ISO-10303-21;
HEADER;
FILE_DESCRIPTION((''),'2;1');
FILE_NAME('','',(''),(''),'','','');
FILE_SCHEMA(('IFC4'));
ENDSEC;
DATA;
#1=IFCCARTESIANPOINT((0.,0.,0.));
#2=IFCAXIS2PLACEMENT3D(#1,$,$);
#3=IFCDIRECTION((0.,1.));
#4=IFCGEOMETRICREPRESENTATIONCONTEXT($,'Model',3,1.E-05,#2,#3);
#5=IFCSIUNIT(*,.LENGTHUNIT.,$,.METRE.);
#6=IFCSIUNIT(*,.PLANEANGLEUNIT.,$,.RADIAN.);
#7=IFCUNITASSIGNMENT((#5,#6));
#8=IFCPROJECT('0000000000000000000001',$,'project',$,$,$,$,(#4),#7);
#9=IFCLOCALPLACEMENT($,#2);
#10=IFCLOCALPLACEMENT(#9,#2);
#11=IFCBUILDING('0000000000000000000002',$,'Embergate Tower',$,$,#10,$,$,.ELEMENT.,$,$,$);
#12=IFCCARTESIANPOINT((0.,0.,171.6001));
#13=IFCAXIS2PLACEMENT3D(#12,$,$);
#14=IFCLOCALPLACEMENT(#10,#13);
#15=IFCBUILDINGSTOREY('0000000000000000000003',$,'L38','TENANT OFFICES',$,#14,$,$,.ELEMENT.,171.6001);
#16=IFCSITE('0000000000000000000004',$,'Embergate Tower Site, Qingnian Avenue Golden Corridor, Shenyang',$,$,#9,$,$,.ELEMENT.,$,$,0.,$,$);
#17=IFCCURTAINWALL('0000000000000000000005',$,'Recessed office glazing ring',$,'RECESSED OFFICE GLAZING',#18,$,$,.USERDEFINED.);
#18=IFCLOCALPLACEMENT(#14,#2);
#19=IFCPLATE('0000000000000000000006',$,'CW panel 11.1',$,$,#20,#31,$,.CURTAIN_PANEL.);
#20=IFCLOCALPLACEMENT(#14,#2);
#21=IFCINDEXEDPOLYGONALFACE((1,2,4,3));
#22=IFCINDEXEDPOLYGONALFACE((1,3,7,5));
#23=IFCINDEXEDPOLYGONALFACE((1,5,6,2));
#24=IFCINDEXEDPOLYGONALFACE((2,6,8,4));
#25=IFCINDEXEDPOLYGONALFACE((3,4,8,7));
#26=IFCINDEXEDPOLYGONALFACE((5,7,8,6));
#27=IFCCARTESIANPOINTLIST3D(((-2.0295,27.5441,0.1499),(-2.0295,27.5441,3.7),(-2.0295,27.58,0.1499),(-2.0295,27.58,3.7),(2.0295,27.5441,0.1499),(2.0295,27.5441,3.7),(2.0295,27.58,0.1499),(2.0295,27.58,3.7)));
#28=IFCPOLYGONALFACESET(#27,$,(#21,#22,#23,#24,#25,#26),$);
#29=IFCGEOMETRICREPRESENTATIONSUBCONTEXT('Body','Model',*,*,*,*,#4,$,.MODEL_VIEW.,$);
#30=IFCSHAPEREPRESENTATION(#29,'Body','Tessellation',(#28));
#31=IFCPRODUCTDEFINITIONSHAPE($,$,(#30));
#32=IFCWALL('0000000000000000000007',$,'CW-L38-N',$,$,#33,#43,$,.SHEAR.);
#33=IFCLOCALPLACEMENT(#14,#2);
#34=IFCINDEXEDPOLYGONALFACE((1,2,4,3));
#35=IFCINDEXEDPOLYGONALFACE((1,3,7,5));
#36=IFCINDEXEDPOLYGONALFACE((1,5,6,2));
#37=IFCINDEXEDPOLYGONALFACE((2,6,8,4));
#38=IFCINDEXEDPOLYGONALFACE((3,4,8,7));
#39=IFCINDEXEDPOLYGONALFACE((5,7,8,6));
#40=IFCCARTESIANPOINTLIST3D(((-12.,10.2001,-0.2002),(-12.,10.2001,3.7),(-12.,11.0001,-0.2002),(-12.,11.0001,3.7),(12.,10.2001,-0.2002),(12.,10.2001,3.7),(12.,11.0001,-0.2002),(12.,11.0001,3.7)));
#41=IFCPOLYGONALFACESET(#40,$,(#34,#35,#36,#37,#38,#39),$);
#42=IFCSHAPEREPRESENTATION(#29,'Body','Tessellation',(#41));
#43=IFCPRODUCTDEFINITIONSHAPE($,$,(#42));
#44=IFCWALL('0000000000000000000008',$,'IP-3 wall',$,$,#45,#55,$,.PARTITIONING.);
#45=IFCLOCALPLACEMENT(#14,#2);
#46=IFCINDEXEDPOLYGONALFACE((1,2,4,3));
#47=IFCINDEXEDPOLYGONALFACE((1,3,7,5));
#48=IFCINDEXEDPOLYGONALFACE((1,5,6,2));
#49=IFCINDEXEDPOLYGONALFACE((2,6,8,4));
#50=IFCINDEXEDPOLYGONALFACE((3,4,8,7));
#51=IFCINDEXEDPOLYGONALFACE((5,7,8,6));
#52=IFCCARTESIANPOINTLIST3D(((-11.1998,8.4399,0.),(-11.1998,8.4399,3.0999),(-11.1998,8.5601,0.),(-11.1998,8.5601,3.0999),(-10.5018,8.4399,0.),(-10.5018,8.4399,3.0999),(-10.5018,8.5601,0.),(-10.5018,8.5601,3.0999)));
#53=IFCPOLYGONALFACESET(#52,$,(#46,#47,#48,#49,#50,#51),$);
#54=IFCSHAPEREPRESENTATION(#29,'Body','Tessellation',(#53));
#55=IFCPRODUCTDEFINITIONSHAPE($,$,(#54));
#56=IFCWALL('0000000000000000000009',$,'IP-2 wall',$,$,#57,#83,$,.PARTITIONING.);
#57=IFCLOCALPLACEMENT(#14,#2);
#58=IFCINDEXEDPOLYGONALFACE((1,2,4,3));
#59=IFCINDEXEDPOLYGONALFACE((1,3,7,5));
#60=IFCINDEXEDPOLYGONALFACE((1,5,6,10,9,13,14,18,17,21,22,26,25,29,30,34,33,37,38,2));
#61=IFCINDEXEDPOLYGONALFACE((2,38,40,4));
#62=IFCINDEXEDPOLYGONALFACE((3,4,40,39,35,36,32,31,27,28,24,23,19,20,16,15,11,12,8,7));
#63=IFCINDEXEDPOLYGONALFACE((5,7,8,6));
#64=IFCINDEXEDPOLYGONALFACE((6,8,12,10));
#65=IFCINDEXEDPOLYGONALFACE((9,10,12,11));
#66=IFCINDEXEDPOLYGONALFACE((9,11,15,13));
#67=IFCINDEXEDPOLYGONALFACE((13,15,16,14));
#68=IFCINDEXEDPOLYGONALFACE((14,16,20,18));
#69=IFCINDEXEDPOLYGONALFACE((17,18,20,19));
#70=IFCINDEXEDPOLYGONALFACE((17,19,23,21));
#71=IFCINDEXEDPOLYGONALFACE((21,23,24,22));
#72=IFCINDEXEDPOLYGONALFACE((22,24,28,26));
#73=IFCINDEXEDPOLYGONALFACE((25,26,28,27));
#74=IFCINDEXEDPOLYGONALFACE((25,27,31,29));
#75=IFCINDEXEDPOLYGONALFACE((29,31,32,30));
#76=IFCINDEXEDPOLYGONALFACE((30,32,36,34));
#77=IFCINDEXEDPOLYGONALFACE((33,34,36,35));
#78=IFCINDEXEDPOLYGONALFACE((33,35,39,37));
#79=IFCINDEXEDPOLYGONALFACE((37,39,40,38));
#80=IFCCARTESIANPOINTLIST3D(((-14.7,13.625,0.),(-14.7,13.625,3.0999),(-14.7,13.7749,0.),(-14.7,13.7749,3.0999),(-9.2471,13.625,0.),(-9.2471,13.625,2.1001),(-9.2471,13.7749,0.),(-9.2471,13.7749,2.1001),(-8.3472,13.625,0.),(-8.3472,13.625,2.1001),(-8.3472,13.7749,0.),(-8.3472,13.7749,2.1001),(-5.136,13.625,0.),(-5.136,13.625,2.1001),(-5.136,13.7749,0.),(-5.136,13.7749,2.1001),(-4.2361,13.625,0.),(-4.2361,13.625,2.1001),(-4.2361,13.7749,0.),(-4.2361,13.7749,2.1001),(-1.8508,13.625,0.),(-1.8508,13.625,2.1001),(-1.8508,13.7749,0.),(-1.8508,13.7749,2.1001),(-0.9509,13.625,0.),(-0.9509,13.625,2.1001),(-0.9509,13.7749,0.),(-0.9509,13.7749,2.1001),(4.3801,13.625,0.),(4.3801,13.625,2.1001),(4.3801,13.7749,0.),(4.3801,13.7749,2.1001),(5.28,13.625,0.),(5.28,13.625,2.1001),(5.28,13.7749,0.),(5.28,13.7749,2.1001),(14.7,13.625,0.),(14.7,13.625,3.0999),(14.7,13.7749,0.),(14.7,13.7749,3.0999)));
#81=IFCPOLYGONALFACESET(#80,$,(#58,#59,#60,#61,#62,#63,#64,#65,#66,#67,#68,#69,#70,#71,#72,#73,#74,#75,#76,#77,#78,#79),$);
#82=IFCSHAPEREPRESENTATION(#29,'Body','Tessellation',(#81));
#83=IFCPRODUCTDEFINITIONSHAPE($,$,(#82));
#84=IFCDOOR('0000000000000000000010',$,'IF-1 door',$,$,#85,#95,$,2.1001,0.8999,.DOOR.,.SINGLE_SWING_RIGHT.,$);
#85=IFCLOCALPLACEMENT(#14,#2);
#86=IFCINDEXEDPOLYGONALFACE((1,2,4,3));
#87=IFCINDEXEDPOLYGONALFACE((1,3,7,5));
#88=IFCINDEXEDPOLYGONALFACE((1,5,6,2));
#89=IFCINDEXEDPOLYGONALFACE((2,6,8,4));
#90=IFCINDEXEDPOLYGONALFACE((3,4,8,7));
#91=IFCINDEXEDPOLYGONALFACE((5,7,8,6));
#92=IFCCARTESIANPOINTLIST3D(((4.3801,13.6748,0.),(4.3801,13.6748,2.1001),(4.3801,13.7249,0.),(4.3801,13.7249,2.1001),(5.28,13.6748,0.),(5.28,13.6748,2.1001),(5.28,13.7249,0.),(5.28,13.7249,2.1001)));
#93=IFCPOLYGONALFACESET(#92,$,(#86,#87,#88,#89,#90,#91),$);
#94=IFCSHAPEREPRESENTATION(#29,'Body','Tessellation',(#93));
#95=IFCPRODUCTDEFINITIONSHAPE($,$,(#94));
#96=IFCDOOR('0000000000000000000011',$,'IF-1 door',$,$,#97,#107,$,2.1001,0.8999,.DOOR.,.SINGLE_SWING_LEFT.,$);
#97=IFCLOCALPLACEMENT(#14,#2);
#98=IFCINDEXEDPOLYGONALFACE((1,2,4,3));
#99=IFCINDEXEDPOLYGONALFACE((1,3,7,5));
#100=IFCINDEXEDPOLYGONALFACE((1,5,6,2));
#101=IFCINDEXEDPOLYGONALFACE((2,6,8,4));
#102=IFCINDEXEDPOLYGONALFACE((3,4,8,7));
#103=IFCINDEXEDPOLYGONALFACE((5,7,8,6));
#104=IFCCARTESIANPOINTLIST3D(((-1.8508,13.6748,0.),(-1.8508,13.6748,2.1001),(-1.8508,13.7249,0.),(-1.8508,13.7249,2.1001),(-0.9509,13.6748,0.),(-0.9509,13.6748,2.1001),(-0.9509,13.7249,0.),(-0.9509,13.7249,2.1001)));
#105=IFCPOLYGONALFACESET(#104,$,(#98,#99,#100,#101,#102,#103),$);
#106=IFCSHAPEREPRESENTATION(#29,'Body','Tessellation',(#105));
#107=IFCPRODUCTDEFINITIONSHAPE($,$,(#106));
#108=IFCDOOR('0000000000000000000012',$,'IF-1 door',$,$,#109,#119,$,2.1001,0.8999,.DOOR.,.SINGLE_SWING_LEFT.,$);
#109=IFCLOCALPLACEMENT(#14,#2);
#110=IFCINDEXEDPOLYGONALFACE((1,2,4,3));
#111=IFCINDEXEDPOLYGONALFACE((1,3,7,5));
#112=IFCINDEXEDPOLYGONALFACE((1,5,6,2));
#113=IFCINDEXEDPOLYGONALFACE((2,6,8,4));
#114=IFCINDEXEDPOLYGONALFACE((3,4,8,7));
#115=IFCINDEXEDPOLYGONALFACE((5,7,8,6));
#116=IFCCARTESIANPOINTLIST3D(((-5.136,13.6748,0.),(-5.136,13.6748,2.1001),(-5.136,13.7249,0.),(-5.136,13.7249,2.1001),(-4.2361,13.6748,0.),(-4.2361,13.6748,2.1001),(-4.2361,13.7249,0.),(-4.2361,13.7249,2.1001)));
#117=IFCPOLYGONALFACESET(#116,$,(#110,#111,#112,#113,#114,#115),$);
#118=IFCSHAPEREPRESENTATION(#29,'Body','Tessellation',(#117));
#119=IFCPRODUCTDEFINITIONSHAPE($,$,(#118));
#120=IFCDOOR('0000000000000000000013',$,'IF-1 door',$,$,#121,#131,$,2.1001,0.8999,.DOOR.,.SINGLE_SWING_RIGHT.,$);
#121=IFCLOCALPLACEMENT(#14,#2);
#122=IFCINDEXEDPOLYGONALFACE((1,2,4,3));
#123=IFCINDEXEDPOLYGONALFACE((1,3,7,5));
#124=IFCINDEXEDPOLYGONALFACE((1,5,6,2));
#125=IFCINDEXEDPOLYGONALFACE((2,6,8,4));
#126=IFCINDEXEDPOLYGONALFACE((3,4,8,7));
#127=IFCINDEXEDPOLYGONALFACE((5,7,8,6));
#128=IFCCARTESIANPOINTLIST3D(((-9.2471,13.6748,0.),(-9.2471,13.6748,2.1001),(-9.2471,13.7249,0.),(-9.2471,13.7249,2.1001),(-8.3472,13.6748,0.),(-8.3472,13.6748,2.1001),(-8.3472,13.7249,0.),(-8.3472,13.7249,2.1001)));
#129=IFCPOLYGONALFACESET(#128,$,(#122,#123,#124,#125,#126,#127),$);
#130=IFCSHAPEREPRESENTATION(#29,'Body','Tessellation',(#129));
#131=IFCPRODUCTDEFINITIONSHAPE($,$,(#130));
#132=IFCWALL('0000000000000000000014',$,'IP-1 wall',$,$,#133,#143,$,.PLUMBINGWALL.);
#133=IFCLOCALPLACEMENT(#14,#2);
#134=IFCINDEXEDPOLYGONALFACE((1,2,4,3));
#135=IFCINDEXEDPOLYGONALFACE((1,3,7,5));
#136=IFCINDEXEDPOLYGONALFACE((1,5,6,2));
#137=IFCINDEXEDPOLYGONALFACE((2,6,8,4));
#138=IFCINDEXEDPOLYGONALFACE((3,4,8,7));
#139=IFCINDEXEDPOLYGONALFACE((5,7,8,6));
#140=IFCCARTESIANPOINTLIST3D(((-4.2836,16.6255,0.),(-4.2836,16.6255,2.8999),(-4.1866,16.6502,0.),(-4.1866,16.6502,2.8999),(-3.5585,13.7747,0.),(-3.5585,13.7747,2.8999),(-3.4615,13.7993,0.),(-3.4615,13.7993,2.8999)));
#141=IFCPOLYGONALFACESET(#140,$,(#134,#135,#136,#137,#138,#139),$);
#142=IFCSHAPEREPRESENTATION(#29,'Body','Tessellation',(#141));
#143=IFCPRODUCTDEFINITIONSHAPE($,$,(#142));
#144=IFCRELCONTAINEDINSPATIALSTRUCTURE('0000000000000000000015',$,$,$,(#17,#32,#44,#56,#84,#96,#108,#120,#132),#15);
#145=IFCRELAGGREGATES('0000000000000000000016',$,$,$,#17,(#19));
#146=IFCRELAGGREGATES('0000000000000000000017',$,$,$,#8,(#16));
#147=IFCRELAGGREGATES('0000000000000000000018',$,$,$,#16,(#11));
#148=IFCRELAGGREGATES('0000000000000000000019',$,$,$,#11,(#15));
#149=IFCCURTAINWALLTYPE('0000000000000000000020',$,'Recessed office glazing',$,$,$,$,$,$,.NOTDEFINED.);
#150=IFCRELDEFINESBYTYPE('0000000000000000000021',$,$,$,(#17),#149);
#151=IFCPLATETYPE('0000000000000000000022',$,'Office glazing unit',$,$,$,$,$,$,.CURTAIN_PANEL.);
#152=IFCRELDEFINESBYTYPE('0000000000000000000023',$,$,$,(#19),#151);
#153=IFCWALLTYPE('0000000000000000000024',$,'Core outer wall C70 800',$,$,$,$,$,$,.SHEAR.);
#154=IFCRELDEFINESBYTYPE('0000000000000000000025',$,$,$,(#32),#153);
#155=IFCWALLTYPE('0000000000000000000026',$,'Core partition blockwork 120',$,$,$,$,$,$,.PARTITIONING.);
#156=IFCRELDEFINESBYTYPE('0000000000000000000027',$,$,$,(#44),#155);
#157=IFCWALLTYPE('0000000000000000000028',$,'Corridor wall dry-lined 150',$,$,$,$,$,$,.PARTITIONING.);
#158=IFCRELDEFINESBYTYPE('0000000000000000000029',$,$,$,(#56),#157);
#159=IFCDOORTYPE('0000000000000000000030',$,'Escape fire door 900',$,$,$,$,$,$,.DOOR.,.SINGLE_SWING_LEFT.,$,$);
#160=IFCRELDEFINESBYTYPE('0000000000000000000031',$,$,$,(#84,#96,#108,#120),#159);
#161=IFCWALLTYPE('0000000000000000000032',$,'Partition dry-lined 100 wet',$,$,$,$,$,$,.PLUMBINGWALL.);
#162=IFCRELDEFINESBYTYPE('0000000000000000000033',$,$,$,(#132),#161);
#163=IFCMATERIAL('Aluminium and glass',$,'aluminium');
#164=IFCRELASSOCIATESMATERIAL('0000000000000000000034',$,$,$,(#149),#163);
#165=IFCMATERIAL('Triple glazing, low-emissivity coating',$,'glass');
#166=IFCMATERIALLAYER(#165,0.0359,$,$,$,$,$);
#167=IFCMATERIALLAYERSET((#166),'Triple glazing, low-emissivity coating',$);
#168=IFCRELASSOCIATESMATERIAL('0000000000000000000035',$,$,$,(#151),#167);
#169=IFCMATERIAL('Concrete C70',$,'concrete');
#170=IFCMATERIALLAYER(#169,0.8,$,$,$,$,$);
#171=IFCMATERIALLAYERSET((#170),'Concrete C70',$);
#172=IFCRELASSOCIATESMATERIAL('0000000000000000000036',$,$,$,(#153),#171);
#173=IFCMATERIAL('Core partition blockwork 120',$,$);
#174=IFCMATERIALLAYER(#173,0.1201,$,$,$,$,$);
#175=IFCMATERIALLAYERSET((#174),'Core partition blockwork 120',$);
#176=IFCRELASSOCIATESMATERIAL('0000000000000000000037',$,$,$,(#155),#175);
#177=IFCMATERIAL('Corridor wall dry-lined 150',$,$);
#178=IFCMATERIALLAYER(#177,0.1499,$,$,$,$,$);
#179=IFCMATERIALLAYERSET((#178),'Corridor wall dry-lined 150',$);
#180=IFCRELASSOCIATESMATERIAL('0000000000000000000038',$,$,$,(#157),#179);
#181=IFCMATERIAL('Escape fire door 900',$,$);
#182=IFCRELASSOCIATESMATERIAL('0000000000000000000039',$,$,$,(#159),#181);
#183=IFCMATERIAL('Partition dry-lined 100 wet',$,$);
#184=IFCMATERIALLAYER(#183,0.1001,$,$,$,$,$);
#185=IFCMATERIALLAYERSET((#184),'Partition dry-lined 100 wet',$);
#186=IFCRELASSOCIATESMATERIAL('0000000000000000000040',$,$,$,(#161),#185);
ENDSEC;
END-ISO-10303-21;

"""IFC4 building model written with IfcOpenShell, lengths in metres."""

from ifc_helpers import new_model, si_unit, direction, frame, frame_2d, origin, origin_2d, place, context, subcontext, project, spatial, rectangle, extrude, source, transform, mapped, material, layer, layer_set, type_object, element, fill, aggregate, save


model = new_model("IFC4")

# Units and contexts
model_context = context("Model", 3, precision=1e-05, world=origin(), true_north=direction((0.0, 1.0)))
body_context = subcontext(model_context, "Body", "Model", "MODEL_VIEW")
ifc_project = project(units=[si_unit("LENGTHUNIT", "METRE"), si_unit("PLANEANGLEUNIT", "RADIAN")], contexts=[model_context])

# Site, building, storey
site_placement = place(None, origin())
site = spatial("IfcSite", under=ifc_project, at=site_placement, Name="Embergate Tower Site, Qingnian Avenue Golden Corridor, Shenyang", CompositionType="ELEMENT", RefElevation=0.0)
building_placement = place(site_placement, origin())
building = spatial("IfcBuilding", under=site, at=building_placement, Name="Embergate Tower", CompositionType="ELEMENT")
storey_placement = place(building_placement, frame((0.0, 0.0, 171.6001)))
storey = spatial("IfcBuildingStorey", under=building, at=storey_placement, Name="L38", Description="TENANT OFFICES", CompositionType="ELEMENT", Elevation=171.6001)

# Shared definitions
ifc_material_1 = material(Name="Concrete C70", Category="concrete")

# Curtain wall, plate
ifc_material_2 = material(Name="Aluminium and glass", Category="aluminium")
curtain_wall_type = type_object("IfcCurtainWallType", Name="Recessed office glazing", PredefinedType="NOTDEFINED", material=ifc_material_2)
curtain_wall_placement = place(storey_placement, origin())
curtain_wall = element("IfcCurtainWall", 1, at=curtain_wall_placement, inside=storey, type_object=curtain_wall_type, Name="Recessed office glazing ring", ObjectType="RECESSED OFFICE GLAZING", PredefinedType="USERDEFINED")
ifc_material_3 = material(Name="Triple glazing, low-emissivity coating", Category="glass")
ifc_layer_1 = layer(ifc_material_3, 0.0359)
ifc_layer_set_1 = layer_set([ifc_layer_1], Name="Triple glazing, low-emissivity coating")
plate_type = type_object("IfcPlateType", Name="Office glazing unit", PredefinedType="CURTAIN_PANEL", material=ifc_layer_set_1)
shared_shape_1 = source(origin(), body_context, "Body", "SweptSolid", [
    extrude(rectangle(XDim=4.0591, YDim=0.0359, at=origin_2d()), origin(), (0.0, 0.0, 1.0), 3.55),
])
plate_1_placement = place(storey_placement, frame((0.0, 27.562, 0.1499), z_axis=(0.0, 0.0, 1.0), x_axis=(-1.0, 0.0, 0.0)))
plate_1 = element("IfcPlate", 2, at=plate_1_placement, type_object=plate_type, Name="CW panel 11.1", PredefinedType="CURTAIN_PANEL", context=body_context, shape_type="MappedRepresentation", body=[
    mapped(shared_shape_1, transform((0.0, 0.0, 0.0))),
])
aggregate(curtain_wall, [plate_1])

# Walls
ifc_layer_2 = layer(ifc_material_1, 0.8)
ifc_layer_set_2 = layer_set([ifc_layer_2], Name="Concrete C70")
wall_type_1 = type_object("IfcWallType", Name="Core outer wall C70 800", PredefinedType="SHEAR", material=ifc_layer_set_2)
shared_shape_2 = source(origin(), body_context, "Body", "SweptSolid", [
    extrude(rectangle(XDim=24.0, YDim=0.8, at=frame_2d((12.0, 0.0))), origin(), (0.0, 0.0, 1.0), 3.9001),
])
wall_1_placement = place(storey_placement, frame((-12.0, 10.6001, -0.2002), z_axis=(0.0, 0.0, 1.0), x_axis=(1.0, 0.0, 0.0)))
element("IfcWall", 3, at=wall_1_placement, inside=storey, type_object=wall_type_1, Name="CW-L38-N", PredefinedType="SHEAR", context=body_context, shape_type="MappedRepresentation", body=[
    mapped(shared_shape_2, transform((0.0, 0.0, 0.0))),
])
ifc_material_4 = material(Name="Core partition blockwork 120")
ifc_layer_3 = layer(ifc_material_4, 0.1201)
ifc_layer_set_3 = layer_set([ifc_layer_3], Name="Core partition blockwork 120")
wall_type_2 = type_object("IfcWallType", Name="Core partition blockwork 120", PredefinedType="PARTITIONING", material=ifc_layer_set_3)
shared_shape_3 = source(origin(), body_context, "Body", "SweptSolid", [
    extrude(rectangle(XDim=0.698, YDim=0.1201, at=frame_2d((0.3491, 0.0))), origin(), (0.0, 0.0, 1.0), 3.0999),
])
wall_2_placement = place(storey_placement, frame((-11.2, 8.5, 0.0), z_axis=(0.0, 0.0, 1.0), x_axis=(1.0, 0.0, 0.0)))
element("IfcWall", 4, at=wall_2_placement, inside=storey, type_object=wall_type_2, Name="IP-3 wall", PredefinedType="PARTITIONING", context=body_context, shape_type="MappedRepresentation", body=[
    mapped(shared_shape_3, transform((0.0, 0.0, 0.0))),
])

# Wall, openings, doors
ifc_material_5 = material(Name="Corridor wall dry-lined 150")
ifc_layer_4 = layer(ifc_material_5, 0.1499)
ifc_layer_set_4 = layer_set([ifc_layer_4], Name="Corridor wall dry-lined 150")
wall_type_3 = type_object("IfcWallType", Name="Corridor wall dry-lined 150", PredefinedType="PARTITIONING", material=ifc_layer_set_4)
shared_shape_4 = source(origin(), body_context, "Body", "SweptSolid", [
    extrude(rectangle(XDim=29.3999, YDim=0.1499, at=frame_2d((14.7, 0.0))), origin(), (0.0, 0.0, 1.0), 3.0999),
])
wall_3_placement = place(storey_placement, frame((-14.7, 13.7, 0.0), z_axis=(0.0, 0.0, 1.0), x_axis=(1.0, 0.0, 0.0)))
wall_3 = element("IfcWall", 5, at=wall_3_placement, inside=storey, type_object=wall_type_3, Name="IP-2 wall", PredefinedType="PARTITIONING", context=body_context, shape_type="MappedRepresentation", body=[
    mapped(shared_shape_4, transform((0.0, 0.0, 0.0))),
])
shared_shape_5 = source(origin(), body_context, "Body", "SweptSolid", [
    extrude(rectangle(XDim=0.8999, YDim=2.1001, at=frame_2d((0.45, 1.05))), frame((0.0, 0.085, 0.0), z_axis=(0.0, -1.0, 0.0), x_axis=(1.0, 0.0, 0.0)), (0.0, 0.0, 1.0), 0.1699),
])
opening_1_placement = place(wall_3_placement, frame((19.0801, 0.0, 0.0)))
opening_1 = element("IfcOpeningElement", 6, at=opening_1_placement, cuts=wall_3, PredefinedType="OPENING", context=body_context, shape_type="MappedRepresentation", body=[
    mapped(shared_shape_5, transform((0.0, 0.0, 0.0))),
])
opening_2_placement = place(wall_3_placement, frame((12.8491, 0.0, 0.0)))
opening_2 = element("IfcOpeningElement", 7, at=opening_2_placement, cuts=wall_3, PredefinedType="OPENING", context=body_context, shape_type="MappedRepresentation", body=[
    mapped(shared_shape_5, transform((0.0, 0.0, 0.0))),
])
opening_3_placement = place(wall_3_placement, frame((9.564, 0.0, 0.0)))
opening_3 = element("IfcOpeningElement", 8, at=opening_3_placement, cuts=wall_3, PredefinedType="OPENING", context=body_context, shape_type="MappedRepresentation", body=[
    mapped(shared_shape_5, transform((0.0, 0.0, 0.0))),
])
opening_4_placement = place(wall_3_placement, frame((5.4529, 0.0, 0.0)))
opening_4 = element("IfcOpeningElement", 9, at=opening_4_placement, cuts=wall_3, PredefinedType="OPENING", context=body_context, shape_type="MappedRepresentation", body=[
    mapped(shared_shape_5, transform((0.0, 0.0, 0.0))),
])
ifc_material_6 = material(Name="Escape fire door 900")
door_type_1 = type_object("IfcDoorType", Name="Escape fire door 900", OperationType="SINGLE_SWING_LEFT", PredefinedType="DOOR", material=ifc_material_6)
shared_shape_6 = source(origin(), body_context, "Body", "SweptSolid", [
    extrude(rectangle(XDim=0.8999, YDim=2.1001, at=frame_2d((0.45, 1.05))), frame((0.0, 0.0249, 0.0), z_axis=(0.0, -1.0, 0.0), x_axis=(1.0, 0.0, 0.0)), (0.0, 0.0, 1.0), 0.05),
])
door_1_placement = place(opening_1_placement, origin())
door_1 = element("IfcDoor", 10, at=door_1_placement, inside=storey, type_object=door_type_1, Name="IF-1 door", OperationType="SINGLE_SWING_RIGHT", OverallHeight=2.1001, OverallWidth=0.8999, PredefinedType="DOOR", context=body_context, shape_type="MappedRepresentation", body=[
    mapped(shared_shape_6, transform((0.0, 0.0, 0.0))),
])
fill(opening_1, door_1)
door_2_placement = place(opening_2_placement, origin())
door_2 = element("IfcDoor", 11, at=door_2_placement, inside=storey, type_object=door_type_1, Name="IF-1 door", OperationType="SINGLE_SWING_LEFT", OverallHeight=2.1001, OverallWidth=0.8999, PredefinedType="DOOR", context=body_context, shape_type="MappedRepresentation", body=[
    mapped(shared_shape_6, transform((0.0, 0.0, 0.0))),
])
fill(opening_2, door_2)
door_3_placement = place(opening_3_placement, origin())
door_3 = element("IfcDoor", 12, at=door_3_placement, inside=storey, type_object=door_type_1, Name="IF-1 door", OperationType="SINGLE_SWING_LEFT", OverallHeight=2.1001, OverallWidth=0.8999, PredefinedType="DOOR", context=body_context, shape_type="MappedRepresentation", body=[
    mapped(shared_shape_6, transform((0.0, 0.0, 0.0))),
])
fill(opening_3, door_3)
door_4_placement = place(opening_4_placement, origin())
door_4 = element("IfcDoor", 13, at=door_4_placement, inside=storey, type_object=door_type_1, Name="IF-1 door", OperationType="SINGLE_SWING_RIGHT", OverallHeight=2.1001, OverallWidth=0.8999, PredefinedType="DOOR", context=body_context, shape_type="MappedRepresentation", body=[
    mapped(shared_shape_6, transform((0.0, 0.0, 0.0))),
])
fill(opening_4, door_4)

# Wall
ifc_material_7 = material(Name="Partition dry-lined 100 wet")
ifc_layer_5 = layer(ifc_material_7, 0.1001)
ifc_layer_set_5 = layer_set([ifc_layer_5], Name="Partition dry-lined 100 wet")
wall_type_4 = type_object("IfcWallType", Name="Partition dry-lined 100 wet", PredefinedType="PLUMBINGWALL", material=ifc_layer_set_5)
shared_shape_7 = source(origin(), body_context, "Body", "SweptSolid", [
    extrude(rectangle(XDim=2.9417, YDim=0.1001, at=frame_2d((1.4707, 0.0))), origin(), (0.0, 0.0, 1.0), 2.8999),
])
wall_4_placement = place(storey_placement, frame((-3.51, 13.7871, 0.0), z_axis=(0.0, 0.0, 1.0), x_axis=(-0.246498, 0.969143, 0.0)))
element("IfcWall", 14, at=wall_4_placement, inside=storey, type_object=wall_type_4, Name="IP-1 wall", PredefinedType="PLUMBINGWALL", context=body_context, shape_type="MappedRepresentation", body=[
    mapped(shared_shape_7, transform((0.0, 0.0, 0.0))),
])

save(model, "model.ifc")
